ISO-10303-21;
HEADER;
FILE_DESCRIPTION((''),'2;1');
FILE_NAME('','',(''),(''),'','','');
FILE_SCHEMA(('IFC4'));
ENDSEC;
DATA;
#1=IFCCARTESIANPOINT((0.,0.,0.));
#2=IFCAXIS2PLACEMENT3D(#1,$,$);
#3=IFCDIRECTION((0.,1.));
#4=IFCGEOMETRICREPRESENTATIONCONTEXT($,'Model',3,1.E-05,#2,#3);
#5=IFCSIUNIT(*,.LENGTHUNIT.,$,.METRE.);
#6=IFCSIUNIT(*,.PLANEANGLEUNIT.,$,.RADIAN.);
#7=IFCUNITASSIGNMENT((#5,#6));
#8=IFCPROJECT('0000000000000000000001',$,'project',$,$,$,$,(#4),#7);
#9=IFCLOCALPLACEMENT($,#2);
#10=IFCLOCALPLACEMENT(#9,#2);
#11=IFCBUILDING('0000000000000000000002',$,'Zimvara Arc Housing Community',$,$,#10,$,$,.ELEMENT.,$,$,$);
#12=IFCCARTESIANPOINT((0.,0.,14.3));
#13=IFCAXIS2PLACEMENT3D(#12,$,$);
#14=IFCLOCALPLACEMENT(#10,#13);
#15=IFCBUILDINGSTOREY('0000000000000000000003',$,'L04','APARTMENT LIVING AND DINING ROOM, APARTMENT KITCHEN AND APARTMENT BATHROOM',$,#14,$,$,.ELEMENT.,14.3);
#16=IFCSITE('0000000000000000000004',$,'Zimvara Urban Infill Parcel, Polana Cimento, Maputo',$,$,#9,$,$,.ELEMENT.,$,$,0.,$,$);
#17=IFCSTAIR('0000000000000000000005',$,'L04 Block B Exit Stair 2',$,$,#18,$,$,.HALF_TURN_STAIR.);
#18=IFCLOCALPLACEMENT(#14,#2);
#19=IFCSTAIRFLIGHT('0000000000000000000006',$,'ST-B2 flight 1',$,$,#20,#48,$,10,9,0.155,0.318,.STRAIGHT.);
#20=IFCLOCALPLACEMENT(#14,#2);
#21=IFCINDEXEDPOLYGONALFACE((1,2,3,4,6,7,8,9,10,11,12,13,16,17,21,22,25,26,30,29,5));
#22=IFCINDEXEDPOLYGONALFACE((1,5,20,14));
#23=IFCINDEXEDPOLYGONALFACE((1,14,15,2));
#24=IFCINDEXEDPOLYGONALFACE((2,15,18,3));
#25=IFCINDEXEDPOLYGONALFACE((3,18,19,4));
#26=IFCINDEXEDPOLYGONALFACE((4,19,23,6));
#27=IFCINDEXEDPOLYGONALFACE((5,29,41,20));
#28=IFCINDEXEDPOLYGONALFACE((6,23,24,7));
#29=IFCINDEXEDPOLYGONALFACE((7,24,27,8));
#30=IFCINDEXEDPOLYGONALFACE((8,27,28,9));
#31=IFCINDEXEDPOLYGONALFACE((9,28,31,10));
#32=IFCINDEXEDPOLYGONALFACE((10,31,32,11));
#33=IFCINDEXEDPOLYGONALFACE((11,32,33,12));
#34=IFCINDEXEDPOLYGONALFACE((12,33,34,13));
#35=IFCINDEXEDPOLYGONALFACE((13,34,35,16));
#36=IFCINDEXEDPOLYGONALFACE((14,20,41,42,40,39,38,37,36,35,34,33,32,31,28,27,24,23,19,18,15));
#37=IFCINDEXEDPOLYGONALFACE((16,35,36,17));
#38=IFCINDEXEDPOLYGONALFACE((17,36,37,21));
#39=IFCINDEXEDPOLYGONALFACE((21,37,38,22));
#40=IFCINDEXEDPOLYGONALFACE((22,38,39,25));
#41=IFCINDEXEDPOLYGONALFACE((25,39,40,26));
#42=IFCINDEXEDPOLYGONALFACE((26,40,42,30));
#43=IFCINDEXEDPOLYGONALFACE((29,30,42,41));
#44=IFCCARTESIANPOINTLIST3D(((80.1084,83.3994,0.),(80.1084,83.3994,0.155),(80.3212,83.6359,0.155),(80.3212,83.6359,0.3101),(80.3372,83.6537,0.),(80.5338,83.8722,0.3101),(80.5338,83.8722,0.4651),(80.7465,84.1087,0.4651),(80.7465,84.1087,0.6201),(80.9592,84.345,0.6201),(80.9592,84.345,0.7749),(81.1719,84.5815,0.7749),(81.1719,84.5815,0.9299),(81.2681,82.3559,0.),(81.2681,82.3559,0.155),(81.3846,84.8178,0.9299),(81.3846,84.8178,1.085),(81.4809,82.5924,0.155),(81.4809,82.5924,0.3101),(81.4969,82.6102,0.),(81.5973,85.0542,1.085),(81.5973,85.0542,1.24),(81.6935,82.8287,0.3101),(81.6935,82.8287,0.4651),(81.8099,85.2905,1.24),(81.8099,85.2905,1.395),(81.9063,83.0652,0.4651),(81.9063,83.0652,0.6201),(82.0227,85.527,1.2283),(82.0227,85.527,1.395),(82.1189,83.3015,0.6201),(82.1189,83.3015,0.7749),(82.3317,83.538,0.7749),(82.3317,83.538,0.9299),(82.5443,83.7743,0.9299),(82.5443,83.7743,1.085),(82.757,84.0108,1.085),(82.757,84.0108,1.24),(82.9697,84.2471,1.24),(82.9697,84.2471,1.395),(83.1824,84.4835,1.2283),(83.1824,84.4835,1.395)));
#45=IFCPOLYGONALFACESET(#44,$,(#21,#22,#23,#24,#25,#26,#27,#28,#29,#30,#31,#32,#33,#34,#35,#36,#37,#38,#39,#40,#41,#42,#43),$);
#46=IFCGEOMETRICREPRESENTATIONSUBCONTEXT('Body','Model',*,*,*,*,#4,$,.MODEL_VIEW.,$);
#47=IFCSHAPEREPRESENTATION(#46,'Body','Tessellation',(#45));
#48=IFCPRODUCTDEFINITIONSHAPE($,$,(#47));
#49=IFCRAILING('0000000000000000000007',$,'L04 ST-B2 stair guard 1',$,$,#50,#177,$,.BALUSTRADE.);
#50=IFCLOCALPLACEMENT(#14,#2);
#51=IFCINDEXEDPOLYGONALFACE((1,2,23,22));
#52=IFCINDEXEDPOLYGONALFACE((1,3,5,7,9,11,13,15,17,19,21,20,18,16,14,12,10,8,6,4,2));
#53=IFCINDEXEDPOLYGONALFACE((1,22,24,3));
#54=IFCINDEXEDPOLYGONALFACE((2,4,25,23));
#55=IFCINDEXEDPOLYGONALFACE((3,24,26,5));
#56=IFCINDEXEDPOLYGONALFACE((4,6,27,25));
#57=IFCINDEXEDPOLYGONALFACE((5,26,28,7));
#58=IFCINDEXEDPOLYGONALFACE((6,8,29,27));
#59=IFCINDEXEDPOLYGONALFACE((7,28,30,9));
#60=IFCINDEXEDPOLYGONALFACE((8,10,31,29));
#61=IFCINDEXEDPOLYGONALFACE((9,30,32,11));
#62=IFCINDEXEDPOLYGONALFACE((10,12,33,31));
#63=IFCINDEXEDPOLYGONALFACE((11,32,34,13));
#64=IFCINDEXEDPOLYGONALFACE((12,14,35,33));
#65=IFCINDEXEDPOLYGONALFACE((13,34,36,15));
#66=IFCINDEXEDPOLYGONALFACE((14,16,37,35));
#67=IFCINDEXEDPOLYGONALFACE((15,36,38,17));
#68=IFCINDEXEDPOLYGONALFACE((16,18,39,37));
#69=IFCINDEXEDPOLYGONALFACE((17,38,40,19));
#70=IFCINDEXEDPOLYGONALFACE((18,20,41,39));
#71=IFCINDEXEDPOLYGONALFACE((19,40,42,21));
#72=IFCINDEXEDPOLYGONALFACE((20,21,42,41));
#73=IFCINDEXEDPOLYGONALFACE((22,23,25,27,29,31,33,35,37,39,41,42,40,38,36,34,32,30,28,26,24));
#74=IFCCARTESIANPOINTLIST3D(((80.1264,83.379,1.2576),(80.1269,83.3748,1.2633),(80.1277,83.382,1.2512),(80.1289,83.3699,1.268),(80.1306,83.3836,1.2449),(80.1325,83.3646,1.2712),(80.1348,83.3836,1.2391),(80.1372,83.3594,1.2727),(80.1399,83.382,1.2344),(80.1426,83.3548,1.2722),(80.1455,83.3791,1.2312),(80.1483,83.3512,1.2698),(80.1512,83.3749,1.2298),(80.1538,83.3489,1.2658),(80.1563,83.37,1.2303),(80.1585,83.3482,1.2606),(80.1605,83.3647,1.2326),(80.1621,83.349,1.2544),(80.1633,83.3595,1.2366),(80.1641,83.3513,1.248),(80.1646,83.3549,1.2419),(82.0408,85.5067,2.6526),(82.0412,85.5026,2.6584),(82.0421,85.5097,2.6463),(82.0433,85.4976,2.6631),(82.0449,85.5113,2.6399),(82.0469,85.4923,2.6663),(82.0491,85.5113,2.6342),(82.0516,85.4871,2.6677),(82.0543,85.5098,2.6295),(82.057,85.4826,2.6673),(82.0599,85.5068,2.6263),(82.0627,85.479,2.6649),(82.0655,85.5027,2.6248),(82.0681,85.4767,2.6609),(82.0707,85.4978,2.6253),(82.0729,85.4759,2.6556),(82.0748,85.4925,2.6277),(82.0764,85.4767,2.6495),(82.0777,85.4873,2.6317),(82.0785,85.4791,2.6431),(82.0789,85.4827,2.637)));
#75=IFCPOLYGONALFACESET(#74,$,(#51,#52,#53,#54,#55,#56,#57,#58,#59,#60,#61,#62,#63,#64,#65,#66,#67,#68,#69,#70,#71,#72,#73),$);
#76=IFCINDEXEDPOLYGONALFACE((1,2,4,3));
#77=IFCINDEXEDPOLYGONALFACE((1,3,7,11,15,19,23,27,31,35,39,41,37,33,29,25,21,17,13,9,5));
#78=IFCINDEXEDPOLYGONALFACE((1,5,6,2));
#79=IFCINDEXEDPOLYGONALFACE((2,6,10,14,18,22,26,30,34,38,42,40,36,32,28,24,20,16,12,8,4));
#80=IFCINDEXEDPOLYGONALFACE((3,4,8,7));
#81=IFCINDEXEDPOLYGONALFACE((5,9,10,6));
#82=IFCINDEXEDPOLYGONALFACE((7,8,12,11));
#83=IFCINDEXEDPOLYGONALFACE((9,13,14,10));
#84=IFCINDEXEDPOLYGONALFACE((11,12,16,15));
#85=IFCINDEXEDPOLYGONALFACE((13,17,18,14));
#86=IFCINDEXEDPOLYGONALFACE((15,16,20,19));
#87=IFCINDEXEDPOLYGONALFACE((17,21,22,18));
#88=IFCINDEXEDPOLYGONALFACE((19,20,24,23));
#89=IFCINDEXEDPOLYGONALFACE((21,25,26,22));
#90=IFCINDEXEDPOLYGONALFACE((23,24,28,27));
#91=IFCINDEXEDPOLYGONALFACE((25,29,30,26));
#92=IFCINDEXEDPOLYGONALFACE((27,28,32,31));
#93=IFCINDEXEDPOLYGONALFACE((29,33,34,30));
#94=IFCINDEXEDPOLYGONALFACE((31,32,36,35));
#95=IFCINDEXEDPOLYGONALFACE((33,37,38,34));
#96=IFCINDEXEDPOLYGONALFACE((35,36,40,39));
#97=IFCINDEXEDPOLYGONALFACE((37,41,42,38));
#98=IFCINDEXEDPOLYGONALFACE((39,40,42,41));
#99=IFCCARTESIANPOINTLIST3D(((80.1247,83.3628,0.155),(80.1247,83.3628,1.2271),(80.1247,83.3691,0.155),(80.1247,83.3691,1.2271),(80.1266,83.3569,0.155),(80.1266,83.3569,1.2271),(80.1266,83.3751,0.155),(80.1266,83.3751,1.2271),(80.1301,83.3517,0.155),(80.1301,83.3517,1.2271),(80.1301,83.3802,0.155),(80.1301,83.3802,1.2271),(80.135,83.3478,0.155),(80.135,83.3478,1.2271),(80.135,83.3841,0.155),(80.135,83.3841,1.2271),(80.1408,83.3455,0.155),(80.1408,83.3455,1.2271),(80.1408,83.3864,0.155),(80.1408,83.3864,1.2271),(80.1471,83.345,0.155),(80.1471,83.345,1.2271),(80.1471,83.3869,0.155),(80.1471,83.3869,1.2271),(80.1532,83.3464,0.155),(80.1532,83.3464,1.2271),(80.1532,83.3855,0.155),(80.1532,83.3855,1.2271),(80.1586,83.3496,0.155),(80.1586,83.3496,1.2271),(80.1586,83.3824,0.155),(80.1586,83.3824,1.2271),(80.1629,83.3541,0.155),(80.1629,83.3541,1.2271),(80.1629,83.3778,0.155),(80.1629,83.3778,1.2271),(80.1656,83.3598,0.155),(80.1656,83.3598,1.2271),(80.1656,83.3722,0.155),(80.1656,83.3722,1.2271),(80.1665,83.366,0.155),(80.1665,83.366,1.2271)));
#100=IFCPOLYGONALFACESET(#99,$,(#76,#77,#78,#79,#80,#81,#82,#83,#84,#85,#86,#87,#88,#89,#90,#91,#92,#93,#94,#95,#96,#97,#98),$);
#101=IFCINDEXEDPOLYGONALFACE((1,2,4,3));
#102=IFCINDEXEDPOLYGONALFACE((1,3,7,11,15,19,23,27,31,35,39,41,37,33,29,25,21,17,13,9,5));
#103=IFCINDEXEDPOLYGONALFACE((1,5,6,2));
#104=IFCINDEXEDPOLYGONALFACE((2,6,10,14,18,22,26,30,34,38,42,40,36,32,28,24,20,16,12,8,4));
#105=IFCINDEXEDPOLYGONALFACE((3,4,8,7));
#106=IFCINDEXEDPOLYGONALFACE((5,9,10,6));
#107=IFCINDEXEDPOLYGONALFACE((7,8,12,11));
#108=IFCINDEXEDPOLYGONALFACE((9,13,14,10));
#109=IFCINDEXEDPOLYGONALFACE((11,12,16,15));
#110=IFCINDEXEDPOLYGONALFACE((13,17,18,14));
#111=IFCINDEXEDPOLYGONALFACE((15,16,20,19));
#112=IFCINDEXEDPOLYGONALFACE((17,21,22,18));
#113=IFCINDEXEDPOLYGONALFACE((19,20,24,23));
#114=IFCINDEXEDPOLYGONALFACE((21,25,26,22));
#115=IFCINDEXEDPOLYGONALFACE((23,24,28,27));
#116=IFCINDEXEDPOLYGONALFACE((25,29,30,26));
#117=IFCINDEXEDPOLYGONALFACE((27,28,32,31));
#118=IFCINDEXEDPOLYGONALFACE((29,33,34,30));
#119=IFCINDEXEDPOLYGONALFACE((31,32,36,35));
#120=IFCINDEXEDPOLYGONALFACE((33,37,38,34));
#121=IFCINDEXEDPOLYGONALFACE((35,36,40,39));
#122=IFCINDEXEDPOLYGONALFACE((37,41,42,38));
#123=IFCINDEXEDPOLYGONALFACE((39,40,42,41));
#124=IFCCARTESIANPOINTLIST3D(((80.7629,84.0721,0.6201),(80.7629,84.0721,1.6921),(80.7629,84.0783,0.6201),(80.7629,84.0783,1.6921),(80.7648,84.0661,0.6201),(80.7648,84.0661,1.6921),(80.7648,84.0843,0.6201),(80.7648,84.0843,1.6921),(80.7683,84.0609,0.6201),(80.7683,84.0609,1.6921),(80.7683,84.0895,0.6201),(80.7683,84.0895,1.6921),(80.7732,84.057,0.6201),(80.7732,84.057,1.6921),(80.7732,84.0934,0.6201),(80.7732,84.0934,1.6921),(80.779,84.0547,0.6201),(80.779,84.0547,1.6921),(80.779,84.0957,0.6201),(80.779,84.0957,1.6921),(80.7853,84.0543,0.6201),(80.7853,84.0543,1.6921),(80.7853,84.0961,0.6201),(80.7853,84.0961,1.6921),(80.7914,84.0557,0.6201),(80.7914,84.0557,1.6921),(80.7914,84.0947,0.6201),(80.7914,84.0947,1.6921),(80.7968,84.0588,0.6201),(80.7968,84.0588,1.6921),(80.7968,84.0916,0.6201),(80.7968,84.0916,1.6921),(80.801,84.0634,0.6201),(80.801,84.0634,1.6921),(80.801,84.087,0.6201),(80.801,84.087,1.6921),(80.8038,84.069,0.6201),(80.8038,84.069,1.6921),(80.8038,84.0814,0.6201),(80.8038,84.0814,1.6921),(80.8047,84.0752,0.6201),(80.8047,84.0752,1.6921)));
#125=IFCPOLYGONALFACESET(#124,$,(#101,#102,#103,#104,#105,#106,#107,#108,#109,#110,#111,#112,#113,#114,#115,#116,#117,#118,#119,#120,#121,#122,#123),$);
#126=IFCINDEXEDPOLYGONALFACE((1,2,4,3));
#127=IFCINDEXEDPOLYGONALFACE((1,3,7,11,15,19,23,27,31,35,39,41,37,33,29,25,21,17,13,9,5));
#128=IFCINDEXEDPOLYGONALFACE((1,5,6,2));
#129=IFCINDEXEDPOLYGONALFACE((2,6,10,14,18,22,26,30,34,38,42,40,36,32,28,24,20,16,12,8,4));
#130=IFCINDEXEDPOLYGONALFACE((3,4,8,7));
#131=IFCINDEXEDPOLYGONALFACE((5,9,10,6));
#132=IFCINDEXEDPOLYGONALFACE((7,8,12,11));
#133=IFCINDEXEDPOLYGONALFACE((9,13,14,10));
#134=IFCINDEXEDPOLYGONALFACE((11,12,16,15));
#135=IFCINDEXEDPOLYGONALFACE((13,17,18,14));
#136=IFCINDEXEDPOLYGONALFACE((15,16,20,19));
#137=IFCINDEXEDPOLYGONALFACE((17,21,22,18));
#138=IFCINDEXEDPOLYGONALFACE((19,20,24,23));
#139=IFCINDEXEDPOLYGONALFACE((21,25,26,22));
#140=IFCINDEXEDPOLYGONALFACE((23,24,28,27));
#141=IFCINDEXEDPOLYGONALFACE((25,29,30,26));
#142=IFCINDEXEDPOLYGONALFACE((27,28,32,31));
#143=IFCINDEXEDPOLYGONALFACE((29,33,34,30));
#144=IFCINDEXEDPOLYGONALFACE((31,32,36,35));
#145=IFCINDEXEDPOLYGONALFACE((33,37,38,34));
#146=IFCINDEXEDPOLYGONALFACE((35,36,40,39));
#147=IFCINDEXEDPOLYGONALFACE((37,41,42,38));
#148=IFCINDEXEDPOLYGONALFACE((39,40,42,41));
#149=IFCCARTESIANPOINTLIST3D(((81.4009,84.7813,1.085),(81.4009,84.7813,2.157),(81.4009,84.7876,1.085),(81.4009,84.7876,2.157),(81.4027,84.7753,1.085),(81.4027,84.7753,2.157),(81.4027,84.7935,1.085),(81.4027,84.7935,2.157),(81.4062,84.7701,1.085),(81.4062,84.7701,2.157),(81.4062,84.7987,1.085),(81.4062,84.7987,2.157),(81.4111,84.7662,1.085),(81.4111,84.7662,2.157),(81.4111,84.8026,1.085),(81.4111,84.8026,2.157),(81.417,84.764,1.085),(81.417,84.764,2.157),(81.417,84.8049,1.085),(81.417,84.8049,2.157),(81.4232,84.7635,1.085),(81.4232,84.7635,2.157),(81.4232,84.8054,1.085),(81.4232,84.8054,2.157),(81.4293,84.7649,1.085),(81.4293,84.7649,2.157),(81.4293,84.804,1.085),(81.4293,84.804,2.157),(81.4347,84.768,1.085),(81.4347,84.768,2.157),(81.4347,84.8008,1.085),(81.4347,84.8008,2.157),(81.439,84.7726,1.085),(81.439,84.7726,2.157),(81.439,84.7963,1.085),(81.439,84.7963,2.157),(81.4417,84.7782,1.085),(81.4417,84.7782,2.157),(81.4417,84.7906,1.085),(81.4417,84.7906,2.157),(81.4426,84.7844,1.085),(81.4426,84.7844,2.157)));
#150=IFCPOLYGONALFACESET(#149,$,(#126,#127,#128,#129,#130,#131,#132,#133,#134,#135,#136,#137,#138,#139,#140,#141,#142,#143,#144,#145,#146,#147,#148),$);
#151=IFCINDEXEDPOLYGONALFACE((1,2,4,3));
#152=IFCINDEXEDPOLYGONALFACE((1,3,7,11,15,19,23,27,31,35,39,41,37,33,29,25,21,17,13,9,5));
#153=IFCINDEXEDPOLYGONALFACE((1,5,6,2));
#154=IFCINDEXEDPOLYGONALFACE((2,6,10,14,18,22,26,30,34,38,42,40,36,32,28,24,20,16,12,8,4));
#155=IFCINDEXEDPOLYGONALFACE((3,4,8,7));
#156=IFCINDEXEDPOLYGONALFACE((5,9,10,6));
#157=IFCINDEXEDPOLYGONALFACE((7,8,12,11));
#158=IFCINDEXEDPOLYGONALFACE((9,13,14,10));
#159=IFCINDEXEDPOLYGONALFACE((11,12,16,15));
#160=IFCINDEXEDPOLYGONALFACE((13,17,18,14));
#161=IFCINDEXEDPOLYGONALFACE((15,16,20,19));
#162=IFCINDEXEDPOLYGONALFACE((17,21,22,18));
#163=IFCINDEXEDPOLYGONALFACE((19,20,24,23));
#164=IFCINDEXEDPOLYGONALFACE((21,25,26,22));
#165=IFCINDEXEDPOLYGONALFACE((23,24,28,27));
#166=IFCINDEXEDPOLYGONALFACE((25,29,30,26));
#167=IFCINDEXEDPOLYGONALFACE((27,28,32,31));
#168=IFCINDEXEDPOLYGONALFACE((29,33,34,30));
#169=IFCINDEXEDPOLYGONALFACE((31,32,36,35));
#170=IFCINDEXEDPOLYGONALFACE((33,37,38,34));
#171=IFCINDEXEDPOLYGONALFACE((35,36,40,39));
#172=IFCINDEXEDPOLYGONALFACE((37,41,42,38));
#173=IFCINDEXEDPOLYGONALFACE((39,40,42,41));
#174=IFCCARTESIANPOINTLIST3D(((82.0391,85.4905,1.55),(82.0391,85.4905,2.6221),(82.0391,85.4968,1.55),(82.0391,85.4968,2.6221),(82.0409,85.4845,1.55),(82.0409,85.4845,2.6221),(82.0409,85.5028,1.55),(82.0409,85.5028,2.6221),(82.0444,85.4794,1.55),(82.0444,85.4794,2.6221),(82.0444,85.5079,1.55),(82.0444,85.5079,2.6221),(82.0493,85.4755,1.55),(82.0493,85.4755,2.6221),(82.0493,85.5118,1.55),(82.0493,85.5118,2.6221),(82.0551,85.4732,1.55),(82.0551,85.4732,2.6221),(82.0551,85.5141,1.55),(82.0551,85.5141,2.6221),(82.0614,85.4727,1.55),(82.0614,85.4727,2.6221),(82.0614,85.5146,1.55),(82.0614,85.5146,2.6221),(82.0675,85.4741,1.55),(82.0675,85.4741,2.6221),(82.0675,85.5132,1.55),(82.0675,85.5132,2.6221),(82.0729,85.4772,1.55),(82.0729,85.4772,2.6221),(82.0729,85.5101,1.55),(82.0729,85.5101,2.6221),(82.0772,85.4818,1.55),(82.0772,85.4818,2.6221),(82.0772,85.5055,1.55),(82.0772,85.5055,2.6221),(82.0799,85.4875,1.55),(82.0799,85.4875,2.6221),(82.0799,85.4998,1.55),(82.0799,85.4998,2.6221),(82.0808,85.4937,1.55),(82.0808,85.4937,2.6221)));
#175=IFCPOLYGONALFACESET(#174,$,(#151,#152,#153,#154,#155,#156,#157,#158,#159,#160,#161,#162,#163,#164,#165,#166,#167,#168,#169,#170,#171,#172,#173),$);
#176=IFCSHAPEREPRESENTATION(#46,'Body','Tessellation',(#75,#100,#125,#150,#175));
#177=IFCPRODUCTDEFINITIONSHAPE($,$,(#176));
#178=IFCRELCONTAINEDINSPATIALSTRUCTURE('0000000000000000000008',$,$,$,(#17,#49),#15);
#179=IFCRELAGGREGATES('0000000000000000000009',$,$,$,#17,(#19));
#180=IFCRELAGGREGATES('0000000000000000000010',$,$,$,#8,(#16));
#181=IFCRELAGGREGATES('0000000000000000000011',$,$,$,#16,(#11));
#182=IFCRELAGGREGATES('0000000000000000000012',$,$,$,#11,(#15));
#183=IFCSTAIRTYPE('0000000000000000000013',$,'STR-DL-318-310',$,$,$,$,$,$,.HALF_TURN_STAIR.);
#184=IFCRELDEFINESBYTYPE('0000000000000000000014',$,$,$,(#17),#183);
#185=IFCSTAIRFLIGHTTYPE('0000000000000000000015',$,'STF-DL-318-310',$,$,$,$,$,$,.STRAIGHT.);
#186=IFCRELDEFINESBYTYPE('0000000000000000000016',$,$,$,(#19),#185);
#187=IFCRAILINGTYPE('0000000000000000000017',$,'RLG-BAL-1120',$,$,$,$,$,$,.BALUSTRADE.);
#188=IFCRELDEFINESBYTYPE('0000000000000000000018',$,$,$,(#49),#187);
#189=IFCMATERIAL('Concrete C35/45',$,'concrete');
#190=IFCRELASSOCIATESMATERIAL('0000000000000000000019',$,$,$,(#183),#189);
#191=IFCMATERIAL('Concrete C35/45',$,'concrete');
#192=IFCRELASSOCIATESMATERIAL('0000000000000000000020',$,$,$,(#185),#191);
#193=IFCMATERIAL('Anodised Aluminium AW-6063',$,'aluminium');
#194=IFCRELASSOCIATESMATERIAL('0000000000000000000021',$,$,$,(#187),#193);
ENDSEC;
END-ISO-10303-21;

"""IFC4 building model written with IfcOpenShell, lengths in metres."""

from ifc_helpers import new_model, si_unit, direction, frame, origin, origin_2d, place, context, subcontext, project, spatial, polyline, circle, outline, extrude, material, type_object, element, aggregate, save


model = new_model("IFC4")

# Units and contexts
model_context = context("Model", 3, precision=1e-05, world=origin(), true_north=direction((0.0, 1.0)))
body_context = subcontext(model_context, "Body", "Model", "MODEL_VIEW")
ifc_project = project(units=[si_unit("LENGTHUNIT", "METRE"), si_unit("PLANEANGLEUNIT", "RADIAN")], contexts=[model_context])

# Site, building, storey
site_placement = place(None, origin())
site = spatial("IfcSite", under=ifc_project, at=site_placement, Name="Zimvara Urban Infill Parcel, Polana Cimento, Maputo", CompositionType="ELEMENT", RefElevation=0.0)
building_placement = place(site_placement, origin())
building = spatial("IfcBuilding", under=site, at=building_placement, Name="Zimvara Arc Housing Community", CompositionType="ELEMENT")
storey_placement = place(building_placement, frame((0.0, 0.0, 14.3)))
storey = spatial("IfcBuildingStorey", under=building, at=storey_placement, Name="L04", Description="APARTMENT LIVING AND DINING ROOM, APARTMENT KITCHEN AND APARTMENT BATHROOM", CompositionType="ELEMENT", Elevation=14.3)

# Stair, stair flight
ifc_material_1 = material(Name="Concrete C35/45", Category="concrete")
stair_type = type_object("IfcStairType", Name="STR-DL-318-310", PredefinedType="HALF_TURN_STAIR", material=ifc_material_1)
stair_placement = place(storey_placement, origin())
stair = element("IfcStair", 1, at=stair_placement, inside=storey, type_object=stair_type, Name="L04 Block B Exit Stair 2", PredefinedType="HALF_TURN_STAIR")
ifc_material_2 = material(Name="Concrete C35/45", Category="concrete")
stair_flight_type = type_object("IfcStairFlightType", Name="STF-DL-318-310", PredefinedType="STRAIGHT", material=ifc_material_2)
stair_flight_placement = place(storey_placement, frame((80.6882, 82.8777, 0.0), z_axis=(0.0, 0.0, 1.0), x_axis=(0.668871, 0.743378, 0.0)))
stair_flight = element("IfcStairFlight", 2, at=stair_flight_placement, type_object=stair_flight_type, Name="ST-B2 flight 1", NumberOfRisers=10, NumberOfTreads=9, PredefinedType="STRAIGHT", RiserHeight=0.155, TreadLength=0.318, context=body_context, shape_type="SweptSolid", body=[
    extrude(outline(polyline([(0.0, 0.0), (0.0, 0.155), (0.3181, 0.155), (0.3181, 0.3101), (0.636, 0.3101), (0.636, 0.4651), (0.9541, 0.4651), (0.9541, 0.6201), (1.272, 0.6201), (1.272, 0.7749), (1.5901, 0.7749), (1.5901, 0.9299), (1.908, 0.9299), (1.908, 1.085), (2.2261, 1.085), (2.2261, 1.24), (2.5439, 1.24), (2.5439, 1.395), (2.8621, 1.395), (2.8621, 1.55), (2.8621, 1.2283), (0.342, 0.0), (0.0, 0.0)])), frame((0.0, 0.78, 0.0), z_axis=(0.0, -1.0, 0.0), x_axis=(1.0, 0.0, 0.0)), (0.0, 0.0, 1.0), 1.5601),
])
aggregate(stair, [stair_flight])

# Railing
ifc_material_3 = material(Name="Anodised Aluminium AW-6063", Category="aluminium")
railing_type_1 = type_object("IfcRailingType", Name="RLG-BAL-1120", PredefinedType="BALUSTRADE", material=ifc_material_3)
railing_1_placement = place(storey_placement, frame((80.1455, 83.366, 0.155)))
element("IfcRailing", 3, at=railing_1_placement, inside=storey, type_object=railing_type_1, Name="L04 ST-B2 stair guard 1", PredefinedType="BALUSTRADE", context=body_context, shape_type="SweptSolid", body=[
    extrude(circle(Radius=0.0239, at=origin_2d()), frame((0.0, 0.0, 1.0962), z_axis=(0.601232, 0.668248, 0.438138), x_axis=(-0.7434, 0.668847, 0.0)), (0.0, 0.0, 1.0), 3.1841),
    extrude(circle(Radius=0.021, at=origin_2d()), origin(), (0.0, 0.0, 1.0), 1.072),
    extrude(circle(Radius=0.021, at=origin_2d()), frame((0.6382, 0.7092, 0.4651)), (0.0, 0.0, 1.0), 1.072),
    extrude(circle(Radius=0.021, at=origin_2d()), frame((1.2761, 1.4185, 0.9299)), (0.0, 0.0, 1.0), 1.072),
    extrude(circle(Radius=0.021, at=origin_2d()), frame((1.9143, 2.1277, 1.395)), (0.0, 0.0, 1.0), 1.072),
])

save(model, "model.ifc")
